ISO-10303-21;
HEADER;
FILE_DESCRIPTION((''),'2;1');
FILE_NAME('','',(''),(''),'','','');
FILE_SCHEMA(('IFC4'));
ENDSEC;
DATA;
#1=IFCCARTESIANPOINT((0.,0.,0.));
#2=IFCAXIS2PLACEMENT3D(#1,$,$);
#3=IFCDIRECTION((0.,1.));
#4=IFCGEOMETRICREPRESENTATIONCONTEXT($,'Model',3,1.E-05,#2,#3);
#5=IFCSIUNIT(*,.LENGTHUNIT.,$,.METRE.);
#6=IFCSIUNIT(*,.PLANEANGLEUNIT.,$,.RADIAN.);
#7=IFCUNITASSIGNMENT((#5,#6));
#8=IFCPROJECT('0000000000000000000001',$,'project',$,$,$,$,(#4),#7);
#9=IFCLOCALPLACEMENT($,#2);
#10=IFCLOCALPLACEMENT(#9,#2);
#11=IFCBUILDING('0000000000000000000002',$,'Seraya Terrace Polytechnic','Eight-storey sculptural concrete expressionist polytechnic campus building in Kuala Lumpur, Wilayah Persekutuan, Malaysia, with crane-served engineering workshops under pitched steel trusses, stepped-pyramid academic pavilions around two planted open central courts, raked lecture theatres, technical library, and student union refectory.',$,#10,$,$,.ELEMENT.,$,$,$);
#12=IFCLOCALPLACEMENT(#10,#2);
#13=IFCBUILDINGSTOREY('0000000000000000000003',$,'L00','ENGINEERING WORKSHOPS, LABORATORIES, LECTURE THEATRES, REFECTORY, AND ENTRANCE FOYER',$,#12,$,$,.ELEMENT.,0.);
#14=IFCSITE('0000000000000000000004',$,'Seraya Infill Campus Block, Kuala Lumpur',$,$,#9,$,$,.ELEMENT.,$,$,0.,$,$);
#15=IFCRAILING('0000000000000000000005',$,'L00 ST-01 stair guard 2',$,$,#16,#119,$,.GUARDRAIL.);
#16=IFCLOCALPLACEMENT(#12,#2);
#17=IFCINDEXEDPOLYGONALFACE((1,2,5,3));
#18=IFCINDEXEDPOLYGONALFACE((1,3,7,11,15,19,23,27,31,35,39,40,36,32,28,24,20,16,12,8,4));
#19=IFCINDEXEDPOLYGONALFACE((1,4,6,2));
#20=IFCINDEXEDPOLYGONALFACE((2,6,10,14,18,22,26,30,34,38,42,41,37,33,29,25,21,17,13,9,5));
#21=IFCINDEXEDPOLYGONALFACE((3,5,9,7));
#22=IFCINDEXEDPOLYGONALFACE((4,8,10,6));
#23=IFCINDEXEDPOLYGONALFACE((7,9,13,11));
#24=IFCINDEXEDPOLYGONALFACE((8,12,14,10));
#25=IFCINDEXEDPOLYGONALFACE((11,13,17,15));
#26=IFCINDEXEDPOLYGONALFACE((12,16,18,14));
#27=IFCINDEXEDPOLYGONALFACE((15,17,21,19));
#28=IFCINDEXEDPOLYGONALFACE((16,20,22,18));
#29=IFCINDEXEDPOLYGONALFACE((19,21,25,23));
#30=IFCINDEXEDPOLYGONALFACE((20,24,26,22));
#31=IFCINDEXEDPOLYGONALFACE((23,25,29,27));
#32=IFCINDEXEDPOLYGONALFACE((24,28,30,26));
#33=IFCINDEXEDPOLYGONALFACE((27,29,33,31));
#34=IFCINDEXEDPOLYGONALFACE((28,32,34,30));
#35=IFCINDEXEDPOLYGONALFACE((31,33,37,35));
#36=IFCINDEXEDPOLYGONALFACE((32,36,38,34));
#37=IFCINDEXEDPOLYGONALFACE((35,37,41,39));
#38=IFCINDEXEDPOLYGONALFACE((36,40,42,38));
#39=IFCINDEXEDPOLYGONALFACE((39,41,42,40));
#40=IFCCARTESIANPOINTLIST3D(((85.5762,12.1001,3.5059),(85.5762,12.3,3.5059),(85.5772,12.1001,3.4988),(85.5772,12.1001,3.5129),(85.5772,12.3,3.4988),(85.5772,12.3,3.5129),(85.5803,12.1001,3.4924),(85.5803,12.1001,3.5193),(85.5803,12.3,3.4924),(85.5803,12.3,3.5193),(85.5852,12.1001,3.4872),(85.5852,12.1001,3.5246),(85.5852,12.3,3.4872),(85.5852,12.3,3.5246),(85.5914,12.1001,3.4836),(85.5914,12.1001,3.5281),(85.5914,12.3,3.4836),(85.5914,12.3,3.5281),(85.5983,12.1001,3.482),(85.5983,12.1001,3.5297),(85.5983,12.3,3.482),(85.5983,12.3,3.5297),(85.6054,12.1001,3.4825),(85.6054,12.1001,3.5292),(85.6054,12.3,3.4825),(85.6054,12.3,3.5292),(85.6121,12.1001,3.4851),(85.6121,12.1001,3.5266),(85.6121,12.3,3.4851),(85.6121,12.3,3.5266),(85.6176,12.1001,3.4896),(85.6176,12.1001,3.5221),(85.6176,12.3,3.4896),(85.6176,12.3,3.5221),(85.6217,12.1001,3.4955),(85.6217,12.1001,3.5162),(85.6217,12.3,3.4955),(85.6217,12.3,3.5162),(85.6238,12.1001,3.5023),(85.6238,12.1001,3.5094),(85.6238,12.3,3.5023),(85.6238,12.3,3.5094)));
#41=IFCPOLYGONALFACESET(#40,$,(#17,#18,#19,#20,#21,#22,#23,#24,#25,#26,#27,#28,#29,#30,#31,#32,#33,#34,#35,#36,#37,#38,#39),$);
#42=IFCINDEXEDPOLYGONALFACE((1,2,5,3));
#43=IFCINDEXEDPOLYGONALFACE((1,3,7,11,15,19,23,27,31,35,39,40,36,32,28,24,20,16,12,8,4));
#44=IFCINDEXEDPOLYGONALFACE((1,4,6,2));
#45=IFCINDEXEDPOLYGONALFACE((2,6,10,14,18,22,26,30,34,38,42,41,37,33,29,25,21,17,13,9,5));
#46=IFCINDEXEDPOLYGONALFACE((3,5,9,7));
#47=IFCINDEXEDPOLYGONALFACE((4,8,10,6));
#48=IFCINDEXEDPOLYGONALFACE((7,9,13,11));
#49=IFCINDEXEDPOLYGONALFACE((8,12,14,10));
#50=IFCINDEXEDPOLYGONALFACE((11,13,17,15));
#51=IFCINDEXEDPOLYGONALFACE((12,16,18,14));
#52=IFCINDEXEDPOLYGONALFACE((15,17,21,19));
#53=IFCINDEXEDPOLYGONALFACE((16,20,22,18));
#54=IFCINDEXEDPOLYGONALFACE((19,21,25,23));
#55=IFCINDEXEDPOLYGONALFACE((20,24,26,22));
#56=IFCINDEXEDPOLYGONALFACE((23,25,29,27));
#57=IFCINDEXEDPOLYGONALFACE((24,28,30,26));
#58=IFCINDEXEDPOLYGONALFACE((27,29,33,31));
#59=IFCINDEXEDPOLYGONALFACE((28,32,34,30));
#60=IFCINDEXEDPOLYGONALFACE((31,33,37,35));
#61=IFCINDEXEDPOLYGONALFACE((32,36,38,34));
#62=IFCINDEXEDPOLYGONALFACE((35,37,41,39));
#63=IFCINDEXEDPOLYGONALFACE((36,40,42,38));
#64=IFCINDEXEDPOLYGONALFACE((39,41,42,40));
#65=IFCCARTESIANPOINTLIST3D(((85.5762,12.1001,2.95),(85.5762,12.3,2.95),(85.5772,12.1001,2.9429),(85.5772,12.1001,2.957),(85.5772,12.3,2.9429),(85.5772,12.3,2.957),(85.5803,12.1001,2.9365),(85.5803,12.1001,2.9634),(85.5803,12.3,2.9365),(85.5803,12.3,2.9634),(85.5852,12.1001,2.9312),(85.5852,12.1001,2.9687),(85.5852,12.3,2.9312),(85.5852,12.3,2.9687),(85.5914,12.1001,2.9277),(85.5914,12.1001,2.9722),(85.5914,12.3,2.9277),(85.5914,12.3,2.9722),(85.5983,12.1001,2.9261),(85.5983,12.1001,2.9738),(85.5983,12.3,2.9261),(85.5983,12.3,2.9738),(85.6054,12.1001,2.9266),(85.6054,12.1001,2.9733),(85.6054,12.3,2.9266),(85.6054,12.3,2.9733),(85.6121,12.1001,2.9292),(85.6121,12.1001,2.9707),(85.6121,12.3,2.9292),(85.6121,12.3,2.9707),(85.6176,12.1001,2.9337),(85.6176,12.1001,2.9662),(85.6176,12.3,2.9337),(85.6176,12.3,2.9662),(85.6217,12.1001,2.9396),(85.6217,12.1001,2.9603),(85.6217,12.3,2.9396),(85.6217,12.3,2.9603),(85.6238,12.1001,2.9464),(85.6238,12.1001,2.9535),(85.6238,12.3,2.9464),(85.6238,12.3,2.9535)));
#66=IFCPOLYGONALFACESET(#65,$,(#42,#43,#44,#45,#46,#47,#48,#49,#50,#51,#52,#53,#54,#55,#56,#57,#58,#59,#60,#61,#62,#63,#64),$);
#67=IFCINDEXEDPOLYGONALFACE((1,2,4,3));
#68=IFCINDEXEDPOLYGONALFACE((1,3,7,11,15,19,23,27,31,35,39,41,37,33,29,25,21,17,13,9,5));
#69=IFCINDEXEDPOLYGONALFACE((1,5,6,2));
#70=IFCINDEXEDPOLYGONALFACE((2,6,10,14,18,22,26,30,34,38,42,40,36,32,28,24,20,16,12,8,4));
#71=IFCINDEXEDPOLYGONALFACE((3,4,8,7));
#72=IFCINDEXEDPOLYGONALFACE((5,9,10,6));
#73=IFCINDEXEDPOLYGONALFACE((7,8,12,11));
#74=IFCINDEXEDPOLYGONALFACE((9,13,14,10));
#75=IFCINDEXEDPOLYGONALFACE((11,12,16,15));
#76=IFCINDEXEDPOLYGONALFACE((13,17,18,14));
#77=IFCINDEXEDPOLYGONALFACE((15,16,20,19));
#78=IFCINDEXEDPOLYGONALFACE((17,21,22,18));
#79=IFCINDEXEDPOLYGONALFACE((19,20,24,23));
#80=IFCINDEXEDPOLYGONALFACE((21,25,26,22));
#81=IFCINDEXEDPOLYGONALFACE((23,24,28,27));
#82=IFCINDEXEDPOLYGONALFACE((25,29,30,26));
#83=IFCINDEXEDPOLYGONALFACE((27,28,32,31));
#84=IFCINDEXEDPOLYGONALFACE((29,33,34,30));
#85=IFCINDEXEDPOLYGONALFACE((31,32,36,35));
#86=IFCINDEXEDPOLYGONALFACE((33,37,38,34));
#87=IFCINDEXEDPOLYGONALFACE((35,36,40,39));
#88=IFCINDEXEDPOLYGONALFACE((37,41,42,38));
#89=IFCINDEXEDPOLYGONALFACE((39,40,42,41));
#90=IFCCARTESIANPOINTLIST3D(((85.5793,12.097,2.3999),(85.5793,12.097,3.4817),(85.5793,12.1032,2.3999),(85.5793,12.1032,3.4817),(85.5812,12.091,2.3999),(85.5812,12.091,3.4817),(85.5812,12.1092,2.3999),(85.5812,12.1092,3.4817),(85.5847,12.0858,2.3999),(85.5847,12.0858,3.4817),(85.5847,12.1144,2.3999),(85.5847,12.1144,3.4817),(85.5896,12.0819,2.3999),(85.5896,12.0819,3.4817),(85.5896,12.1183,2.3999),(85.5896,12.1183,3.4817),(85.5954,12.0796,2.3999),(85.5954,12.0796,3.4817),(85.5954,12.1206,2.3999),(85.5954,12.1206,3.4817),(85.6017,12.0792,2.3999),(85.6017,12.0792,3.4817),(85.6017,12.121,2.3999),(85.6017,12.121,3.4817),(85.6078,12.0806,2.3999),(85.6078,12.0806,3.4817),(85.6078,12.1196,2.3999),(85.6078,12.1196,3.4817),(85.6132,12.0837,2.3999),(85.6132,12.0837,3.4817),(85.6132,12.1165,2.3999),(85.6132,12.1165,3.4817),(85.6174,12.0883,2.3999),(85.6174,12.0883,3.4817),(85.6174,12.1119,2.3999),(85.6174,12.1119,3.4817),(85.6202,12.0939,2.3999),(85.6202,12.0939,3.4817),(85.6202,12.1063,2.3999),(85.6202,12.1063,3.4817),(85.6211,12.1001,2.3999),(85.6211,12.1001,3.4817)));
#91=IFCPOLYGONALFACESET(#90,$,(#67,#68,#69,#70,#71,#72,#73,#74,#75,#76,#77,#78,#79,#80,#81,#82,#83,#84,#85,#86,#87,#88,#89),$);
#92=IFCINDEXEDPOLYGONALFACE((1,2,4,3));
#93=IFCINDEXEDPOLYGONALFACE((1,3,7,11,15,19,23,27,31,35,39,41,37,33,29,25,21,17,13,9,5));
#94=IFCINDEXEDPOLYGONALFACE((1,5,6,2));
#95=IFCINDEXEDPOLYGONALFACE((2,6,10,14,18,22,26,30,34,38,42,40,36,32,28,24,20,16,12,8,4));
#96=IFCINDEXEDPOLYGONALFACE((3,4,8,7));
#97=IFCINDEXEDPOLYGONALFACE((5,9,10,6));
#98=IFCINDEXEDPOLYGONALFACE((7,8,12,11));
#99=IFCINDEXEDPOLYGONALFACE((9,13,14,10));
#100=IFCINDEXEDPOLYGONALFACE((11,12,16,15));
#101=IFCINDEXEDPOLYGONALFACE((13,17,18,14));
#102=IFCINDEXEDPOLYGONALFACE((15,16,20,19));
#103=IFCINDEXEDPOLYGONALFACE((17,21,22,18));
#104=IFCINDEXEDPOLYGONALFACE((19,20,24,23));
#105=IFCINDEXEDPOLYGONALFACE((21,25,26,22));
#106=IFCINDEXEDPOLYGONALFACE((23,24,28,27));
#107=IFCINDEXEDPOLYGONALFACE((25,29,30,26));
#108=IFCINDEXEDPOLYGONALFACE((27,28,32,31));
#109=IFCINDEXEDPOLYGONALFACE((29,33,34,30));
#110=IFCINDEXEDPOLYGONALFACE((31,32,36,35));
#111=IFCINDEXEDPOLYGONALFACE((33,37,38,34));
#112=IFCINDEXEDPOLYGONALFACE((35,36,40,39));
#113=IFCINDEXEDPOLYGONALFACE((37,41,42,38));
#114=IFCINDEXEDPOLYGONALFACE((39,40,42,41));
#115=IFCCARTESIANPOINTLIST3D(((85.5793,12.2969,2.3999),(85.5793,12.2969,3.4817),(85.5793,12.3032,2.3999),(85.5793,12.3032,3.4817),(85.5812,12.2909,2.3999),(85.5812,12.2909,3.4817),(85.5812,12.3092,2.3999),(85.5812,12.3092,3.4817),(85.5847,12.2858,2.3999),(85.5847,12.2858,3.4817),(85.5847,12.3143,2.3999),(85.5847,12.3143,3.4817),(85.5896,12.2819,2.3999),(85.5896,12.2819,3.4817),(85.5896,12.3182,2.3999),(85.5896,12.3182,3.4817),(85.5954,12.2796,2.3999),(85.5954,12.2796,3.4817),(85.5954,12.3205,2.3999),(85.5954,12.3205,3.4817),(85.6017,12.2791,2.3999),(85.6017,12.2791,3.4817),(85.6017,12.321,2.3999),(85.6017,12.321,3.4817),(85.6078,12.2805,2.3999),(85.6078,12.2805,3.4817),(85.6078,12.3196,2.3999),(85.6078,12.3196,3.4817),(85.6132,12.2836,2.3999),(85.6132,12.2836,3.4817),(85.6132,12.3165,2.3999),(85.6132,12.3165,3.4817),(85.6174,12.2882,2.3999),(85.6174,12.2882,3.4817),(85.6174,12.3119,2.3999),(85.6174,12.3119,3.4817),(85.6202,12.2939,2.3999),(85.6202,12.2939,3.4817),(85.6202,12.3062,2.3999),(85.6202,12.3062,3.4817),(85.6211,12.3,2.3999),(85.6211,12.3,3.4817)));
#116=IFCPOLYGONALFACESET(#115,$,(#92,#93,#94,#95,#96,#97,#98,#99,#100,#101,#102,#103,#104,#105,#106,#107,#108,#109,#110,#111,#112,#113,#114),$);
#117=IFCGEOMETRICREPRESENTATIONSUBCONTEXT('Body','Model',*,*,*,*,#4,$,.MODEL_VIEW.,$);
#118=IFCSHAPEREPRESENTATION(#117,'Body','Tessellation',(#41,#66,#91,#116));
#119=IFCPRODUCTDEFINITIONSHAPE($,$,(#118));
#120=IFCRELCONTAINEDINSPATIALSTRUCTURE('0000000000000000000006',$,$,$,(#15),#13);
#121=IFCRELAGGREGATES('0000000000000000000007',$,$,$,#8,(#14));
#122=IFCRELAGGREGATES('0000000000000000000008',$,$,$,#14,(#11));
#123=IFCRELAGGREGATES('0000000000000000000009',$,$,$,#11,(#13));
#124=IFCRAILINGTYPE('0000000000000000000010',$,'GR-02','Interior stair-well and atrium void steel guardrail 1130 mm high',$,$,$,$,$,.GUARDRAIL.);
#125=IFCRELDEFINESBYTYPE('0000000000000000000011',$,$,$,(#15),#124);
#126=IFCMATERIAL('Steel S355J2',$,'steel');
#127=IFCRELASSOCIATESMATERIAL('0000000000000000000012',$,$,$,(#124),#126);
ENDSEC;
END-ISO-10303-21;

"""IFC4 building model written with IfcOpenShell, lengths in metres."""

from ifc_helpers import new_model, si_unit, direction, frame, origin, origin_2d, place, context, subcontext, project, spatial, circle, extrude, material, type_object, element, save


model = new_model("IFC4")

# Units and contexts
model_context = context("Model", 3, precision=1e-05, world=origin(), true_north=direction((0.0, 1.0)))
body_context = subcontext(model_context, "Body", "Model", "MODEL_VIEW")
ifc_project = project(units=[si_unit("LENGTHUNIT", "METRE"), si_unit("PLANEANGLEUNIT", "RADIAN")], contexts=[model_context])

# Site, building, storey
site_placement = place(None, origin())
site = spatial("IfcSite", under=ifc_project, at=site_placement, Name="Seraya Infill Campus Block, Kuala Lumpur", CompositionType="ELEMENT", RefElevation=0.0)
building_placement = place(site_placement, origin())
building = spatial("IfcBuilding", under=site, at=building_placement, Name="Seraya Terrace Polytechnic", Description="Eight-storey sculptural concrete expressionist polytechnic campus building in Kuala Lumpur, Wilayah Persekutuan, Malaysia, with crane-served engineering workshops under pitched steel trusses, stepped-pyramid academic pavilions around two planted open central courts, raked lecture theatres, technical library, and student union refectory.", CompositionType="ELEMENT")
storey_placement = place(building_placement, origin())
storey = spatial("IfcBuildingStorey", under=building, at=storey_placement, Name="L00", Description="ENGINEERING WORKSHOPS, LABORATORIES, LECTURE THEATRES, REFECTORY, AND ENTRANCE FOYER", CompositionType="ELEMENT", Elevation=0.0)

# Shared definitions
ifc_material_1 = material(Name="Steel S355J2", Category="steel")

# Railing
railing_type_1 = type_object("IfcRailingType", Name="GR-02", Description="Interior stair-well and atrium void steel guardrail 1130 mm high", PredefinedType="GUARDRAIL", material=ifc_material_1)
railing_1_placement = place(storey_placement, frame((85.6001, 12.1001, 2.3999)))
element("IfcRailing", 1, at=railing_1_placement, inside=storey, type_object=railing_type_1, Name="L00 ST-01 stair guard 2", PredefinedType="GUARDRAIL", context=body_context, shape_type="SweptSolid", body=[
    extrude(circle(Radius=0.0239, at=origin_2d()), frame((0.0, 0.0, 1.106), z_axis=(0.0, 1.0, 0.0), x_axis=(-1.0, 0.0, 0.0)), (0.0, 0.0, 1.0), 0.2),
    extrude(circle(Radius=0.0239, at=origin_2d()), frame((0.0, 0.0, 0.55), z_axis=(0.0, 1.0, 0.0), x_axis=(-1.0, 0.0, 0.0)), (0.0, 0.0, 1.0), 0.2),
    extrude(circle(Radius=0.021, at=origin_2d()), origin(), (0.0, 0.0, 1.0), 1.0818),
    extrude(circle(Radius=0.021, at=origin_2d()), frame((0.0, 0.2, 0.0)), (0.0, 0.0, 1.0), 1.0818),
])

save(model, "model.ifc")
